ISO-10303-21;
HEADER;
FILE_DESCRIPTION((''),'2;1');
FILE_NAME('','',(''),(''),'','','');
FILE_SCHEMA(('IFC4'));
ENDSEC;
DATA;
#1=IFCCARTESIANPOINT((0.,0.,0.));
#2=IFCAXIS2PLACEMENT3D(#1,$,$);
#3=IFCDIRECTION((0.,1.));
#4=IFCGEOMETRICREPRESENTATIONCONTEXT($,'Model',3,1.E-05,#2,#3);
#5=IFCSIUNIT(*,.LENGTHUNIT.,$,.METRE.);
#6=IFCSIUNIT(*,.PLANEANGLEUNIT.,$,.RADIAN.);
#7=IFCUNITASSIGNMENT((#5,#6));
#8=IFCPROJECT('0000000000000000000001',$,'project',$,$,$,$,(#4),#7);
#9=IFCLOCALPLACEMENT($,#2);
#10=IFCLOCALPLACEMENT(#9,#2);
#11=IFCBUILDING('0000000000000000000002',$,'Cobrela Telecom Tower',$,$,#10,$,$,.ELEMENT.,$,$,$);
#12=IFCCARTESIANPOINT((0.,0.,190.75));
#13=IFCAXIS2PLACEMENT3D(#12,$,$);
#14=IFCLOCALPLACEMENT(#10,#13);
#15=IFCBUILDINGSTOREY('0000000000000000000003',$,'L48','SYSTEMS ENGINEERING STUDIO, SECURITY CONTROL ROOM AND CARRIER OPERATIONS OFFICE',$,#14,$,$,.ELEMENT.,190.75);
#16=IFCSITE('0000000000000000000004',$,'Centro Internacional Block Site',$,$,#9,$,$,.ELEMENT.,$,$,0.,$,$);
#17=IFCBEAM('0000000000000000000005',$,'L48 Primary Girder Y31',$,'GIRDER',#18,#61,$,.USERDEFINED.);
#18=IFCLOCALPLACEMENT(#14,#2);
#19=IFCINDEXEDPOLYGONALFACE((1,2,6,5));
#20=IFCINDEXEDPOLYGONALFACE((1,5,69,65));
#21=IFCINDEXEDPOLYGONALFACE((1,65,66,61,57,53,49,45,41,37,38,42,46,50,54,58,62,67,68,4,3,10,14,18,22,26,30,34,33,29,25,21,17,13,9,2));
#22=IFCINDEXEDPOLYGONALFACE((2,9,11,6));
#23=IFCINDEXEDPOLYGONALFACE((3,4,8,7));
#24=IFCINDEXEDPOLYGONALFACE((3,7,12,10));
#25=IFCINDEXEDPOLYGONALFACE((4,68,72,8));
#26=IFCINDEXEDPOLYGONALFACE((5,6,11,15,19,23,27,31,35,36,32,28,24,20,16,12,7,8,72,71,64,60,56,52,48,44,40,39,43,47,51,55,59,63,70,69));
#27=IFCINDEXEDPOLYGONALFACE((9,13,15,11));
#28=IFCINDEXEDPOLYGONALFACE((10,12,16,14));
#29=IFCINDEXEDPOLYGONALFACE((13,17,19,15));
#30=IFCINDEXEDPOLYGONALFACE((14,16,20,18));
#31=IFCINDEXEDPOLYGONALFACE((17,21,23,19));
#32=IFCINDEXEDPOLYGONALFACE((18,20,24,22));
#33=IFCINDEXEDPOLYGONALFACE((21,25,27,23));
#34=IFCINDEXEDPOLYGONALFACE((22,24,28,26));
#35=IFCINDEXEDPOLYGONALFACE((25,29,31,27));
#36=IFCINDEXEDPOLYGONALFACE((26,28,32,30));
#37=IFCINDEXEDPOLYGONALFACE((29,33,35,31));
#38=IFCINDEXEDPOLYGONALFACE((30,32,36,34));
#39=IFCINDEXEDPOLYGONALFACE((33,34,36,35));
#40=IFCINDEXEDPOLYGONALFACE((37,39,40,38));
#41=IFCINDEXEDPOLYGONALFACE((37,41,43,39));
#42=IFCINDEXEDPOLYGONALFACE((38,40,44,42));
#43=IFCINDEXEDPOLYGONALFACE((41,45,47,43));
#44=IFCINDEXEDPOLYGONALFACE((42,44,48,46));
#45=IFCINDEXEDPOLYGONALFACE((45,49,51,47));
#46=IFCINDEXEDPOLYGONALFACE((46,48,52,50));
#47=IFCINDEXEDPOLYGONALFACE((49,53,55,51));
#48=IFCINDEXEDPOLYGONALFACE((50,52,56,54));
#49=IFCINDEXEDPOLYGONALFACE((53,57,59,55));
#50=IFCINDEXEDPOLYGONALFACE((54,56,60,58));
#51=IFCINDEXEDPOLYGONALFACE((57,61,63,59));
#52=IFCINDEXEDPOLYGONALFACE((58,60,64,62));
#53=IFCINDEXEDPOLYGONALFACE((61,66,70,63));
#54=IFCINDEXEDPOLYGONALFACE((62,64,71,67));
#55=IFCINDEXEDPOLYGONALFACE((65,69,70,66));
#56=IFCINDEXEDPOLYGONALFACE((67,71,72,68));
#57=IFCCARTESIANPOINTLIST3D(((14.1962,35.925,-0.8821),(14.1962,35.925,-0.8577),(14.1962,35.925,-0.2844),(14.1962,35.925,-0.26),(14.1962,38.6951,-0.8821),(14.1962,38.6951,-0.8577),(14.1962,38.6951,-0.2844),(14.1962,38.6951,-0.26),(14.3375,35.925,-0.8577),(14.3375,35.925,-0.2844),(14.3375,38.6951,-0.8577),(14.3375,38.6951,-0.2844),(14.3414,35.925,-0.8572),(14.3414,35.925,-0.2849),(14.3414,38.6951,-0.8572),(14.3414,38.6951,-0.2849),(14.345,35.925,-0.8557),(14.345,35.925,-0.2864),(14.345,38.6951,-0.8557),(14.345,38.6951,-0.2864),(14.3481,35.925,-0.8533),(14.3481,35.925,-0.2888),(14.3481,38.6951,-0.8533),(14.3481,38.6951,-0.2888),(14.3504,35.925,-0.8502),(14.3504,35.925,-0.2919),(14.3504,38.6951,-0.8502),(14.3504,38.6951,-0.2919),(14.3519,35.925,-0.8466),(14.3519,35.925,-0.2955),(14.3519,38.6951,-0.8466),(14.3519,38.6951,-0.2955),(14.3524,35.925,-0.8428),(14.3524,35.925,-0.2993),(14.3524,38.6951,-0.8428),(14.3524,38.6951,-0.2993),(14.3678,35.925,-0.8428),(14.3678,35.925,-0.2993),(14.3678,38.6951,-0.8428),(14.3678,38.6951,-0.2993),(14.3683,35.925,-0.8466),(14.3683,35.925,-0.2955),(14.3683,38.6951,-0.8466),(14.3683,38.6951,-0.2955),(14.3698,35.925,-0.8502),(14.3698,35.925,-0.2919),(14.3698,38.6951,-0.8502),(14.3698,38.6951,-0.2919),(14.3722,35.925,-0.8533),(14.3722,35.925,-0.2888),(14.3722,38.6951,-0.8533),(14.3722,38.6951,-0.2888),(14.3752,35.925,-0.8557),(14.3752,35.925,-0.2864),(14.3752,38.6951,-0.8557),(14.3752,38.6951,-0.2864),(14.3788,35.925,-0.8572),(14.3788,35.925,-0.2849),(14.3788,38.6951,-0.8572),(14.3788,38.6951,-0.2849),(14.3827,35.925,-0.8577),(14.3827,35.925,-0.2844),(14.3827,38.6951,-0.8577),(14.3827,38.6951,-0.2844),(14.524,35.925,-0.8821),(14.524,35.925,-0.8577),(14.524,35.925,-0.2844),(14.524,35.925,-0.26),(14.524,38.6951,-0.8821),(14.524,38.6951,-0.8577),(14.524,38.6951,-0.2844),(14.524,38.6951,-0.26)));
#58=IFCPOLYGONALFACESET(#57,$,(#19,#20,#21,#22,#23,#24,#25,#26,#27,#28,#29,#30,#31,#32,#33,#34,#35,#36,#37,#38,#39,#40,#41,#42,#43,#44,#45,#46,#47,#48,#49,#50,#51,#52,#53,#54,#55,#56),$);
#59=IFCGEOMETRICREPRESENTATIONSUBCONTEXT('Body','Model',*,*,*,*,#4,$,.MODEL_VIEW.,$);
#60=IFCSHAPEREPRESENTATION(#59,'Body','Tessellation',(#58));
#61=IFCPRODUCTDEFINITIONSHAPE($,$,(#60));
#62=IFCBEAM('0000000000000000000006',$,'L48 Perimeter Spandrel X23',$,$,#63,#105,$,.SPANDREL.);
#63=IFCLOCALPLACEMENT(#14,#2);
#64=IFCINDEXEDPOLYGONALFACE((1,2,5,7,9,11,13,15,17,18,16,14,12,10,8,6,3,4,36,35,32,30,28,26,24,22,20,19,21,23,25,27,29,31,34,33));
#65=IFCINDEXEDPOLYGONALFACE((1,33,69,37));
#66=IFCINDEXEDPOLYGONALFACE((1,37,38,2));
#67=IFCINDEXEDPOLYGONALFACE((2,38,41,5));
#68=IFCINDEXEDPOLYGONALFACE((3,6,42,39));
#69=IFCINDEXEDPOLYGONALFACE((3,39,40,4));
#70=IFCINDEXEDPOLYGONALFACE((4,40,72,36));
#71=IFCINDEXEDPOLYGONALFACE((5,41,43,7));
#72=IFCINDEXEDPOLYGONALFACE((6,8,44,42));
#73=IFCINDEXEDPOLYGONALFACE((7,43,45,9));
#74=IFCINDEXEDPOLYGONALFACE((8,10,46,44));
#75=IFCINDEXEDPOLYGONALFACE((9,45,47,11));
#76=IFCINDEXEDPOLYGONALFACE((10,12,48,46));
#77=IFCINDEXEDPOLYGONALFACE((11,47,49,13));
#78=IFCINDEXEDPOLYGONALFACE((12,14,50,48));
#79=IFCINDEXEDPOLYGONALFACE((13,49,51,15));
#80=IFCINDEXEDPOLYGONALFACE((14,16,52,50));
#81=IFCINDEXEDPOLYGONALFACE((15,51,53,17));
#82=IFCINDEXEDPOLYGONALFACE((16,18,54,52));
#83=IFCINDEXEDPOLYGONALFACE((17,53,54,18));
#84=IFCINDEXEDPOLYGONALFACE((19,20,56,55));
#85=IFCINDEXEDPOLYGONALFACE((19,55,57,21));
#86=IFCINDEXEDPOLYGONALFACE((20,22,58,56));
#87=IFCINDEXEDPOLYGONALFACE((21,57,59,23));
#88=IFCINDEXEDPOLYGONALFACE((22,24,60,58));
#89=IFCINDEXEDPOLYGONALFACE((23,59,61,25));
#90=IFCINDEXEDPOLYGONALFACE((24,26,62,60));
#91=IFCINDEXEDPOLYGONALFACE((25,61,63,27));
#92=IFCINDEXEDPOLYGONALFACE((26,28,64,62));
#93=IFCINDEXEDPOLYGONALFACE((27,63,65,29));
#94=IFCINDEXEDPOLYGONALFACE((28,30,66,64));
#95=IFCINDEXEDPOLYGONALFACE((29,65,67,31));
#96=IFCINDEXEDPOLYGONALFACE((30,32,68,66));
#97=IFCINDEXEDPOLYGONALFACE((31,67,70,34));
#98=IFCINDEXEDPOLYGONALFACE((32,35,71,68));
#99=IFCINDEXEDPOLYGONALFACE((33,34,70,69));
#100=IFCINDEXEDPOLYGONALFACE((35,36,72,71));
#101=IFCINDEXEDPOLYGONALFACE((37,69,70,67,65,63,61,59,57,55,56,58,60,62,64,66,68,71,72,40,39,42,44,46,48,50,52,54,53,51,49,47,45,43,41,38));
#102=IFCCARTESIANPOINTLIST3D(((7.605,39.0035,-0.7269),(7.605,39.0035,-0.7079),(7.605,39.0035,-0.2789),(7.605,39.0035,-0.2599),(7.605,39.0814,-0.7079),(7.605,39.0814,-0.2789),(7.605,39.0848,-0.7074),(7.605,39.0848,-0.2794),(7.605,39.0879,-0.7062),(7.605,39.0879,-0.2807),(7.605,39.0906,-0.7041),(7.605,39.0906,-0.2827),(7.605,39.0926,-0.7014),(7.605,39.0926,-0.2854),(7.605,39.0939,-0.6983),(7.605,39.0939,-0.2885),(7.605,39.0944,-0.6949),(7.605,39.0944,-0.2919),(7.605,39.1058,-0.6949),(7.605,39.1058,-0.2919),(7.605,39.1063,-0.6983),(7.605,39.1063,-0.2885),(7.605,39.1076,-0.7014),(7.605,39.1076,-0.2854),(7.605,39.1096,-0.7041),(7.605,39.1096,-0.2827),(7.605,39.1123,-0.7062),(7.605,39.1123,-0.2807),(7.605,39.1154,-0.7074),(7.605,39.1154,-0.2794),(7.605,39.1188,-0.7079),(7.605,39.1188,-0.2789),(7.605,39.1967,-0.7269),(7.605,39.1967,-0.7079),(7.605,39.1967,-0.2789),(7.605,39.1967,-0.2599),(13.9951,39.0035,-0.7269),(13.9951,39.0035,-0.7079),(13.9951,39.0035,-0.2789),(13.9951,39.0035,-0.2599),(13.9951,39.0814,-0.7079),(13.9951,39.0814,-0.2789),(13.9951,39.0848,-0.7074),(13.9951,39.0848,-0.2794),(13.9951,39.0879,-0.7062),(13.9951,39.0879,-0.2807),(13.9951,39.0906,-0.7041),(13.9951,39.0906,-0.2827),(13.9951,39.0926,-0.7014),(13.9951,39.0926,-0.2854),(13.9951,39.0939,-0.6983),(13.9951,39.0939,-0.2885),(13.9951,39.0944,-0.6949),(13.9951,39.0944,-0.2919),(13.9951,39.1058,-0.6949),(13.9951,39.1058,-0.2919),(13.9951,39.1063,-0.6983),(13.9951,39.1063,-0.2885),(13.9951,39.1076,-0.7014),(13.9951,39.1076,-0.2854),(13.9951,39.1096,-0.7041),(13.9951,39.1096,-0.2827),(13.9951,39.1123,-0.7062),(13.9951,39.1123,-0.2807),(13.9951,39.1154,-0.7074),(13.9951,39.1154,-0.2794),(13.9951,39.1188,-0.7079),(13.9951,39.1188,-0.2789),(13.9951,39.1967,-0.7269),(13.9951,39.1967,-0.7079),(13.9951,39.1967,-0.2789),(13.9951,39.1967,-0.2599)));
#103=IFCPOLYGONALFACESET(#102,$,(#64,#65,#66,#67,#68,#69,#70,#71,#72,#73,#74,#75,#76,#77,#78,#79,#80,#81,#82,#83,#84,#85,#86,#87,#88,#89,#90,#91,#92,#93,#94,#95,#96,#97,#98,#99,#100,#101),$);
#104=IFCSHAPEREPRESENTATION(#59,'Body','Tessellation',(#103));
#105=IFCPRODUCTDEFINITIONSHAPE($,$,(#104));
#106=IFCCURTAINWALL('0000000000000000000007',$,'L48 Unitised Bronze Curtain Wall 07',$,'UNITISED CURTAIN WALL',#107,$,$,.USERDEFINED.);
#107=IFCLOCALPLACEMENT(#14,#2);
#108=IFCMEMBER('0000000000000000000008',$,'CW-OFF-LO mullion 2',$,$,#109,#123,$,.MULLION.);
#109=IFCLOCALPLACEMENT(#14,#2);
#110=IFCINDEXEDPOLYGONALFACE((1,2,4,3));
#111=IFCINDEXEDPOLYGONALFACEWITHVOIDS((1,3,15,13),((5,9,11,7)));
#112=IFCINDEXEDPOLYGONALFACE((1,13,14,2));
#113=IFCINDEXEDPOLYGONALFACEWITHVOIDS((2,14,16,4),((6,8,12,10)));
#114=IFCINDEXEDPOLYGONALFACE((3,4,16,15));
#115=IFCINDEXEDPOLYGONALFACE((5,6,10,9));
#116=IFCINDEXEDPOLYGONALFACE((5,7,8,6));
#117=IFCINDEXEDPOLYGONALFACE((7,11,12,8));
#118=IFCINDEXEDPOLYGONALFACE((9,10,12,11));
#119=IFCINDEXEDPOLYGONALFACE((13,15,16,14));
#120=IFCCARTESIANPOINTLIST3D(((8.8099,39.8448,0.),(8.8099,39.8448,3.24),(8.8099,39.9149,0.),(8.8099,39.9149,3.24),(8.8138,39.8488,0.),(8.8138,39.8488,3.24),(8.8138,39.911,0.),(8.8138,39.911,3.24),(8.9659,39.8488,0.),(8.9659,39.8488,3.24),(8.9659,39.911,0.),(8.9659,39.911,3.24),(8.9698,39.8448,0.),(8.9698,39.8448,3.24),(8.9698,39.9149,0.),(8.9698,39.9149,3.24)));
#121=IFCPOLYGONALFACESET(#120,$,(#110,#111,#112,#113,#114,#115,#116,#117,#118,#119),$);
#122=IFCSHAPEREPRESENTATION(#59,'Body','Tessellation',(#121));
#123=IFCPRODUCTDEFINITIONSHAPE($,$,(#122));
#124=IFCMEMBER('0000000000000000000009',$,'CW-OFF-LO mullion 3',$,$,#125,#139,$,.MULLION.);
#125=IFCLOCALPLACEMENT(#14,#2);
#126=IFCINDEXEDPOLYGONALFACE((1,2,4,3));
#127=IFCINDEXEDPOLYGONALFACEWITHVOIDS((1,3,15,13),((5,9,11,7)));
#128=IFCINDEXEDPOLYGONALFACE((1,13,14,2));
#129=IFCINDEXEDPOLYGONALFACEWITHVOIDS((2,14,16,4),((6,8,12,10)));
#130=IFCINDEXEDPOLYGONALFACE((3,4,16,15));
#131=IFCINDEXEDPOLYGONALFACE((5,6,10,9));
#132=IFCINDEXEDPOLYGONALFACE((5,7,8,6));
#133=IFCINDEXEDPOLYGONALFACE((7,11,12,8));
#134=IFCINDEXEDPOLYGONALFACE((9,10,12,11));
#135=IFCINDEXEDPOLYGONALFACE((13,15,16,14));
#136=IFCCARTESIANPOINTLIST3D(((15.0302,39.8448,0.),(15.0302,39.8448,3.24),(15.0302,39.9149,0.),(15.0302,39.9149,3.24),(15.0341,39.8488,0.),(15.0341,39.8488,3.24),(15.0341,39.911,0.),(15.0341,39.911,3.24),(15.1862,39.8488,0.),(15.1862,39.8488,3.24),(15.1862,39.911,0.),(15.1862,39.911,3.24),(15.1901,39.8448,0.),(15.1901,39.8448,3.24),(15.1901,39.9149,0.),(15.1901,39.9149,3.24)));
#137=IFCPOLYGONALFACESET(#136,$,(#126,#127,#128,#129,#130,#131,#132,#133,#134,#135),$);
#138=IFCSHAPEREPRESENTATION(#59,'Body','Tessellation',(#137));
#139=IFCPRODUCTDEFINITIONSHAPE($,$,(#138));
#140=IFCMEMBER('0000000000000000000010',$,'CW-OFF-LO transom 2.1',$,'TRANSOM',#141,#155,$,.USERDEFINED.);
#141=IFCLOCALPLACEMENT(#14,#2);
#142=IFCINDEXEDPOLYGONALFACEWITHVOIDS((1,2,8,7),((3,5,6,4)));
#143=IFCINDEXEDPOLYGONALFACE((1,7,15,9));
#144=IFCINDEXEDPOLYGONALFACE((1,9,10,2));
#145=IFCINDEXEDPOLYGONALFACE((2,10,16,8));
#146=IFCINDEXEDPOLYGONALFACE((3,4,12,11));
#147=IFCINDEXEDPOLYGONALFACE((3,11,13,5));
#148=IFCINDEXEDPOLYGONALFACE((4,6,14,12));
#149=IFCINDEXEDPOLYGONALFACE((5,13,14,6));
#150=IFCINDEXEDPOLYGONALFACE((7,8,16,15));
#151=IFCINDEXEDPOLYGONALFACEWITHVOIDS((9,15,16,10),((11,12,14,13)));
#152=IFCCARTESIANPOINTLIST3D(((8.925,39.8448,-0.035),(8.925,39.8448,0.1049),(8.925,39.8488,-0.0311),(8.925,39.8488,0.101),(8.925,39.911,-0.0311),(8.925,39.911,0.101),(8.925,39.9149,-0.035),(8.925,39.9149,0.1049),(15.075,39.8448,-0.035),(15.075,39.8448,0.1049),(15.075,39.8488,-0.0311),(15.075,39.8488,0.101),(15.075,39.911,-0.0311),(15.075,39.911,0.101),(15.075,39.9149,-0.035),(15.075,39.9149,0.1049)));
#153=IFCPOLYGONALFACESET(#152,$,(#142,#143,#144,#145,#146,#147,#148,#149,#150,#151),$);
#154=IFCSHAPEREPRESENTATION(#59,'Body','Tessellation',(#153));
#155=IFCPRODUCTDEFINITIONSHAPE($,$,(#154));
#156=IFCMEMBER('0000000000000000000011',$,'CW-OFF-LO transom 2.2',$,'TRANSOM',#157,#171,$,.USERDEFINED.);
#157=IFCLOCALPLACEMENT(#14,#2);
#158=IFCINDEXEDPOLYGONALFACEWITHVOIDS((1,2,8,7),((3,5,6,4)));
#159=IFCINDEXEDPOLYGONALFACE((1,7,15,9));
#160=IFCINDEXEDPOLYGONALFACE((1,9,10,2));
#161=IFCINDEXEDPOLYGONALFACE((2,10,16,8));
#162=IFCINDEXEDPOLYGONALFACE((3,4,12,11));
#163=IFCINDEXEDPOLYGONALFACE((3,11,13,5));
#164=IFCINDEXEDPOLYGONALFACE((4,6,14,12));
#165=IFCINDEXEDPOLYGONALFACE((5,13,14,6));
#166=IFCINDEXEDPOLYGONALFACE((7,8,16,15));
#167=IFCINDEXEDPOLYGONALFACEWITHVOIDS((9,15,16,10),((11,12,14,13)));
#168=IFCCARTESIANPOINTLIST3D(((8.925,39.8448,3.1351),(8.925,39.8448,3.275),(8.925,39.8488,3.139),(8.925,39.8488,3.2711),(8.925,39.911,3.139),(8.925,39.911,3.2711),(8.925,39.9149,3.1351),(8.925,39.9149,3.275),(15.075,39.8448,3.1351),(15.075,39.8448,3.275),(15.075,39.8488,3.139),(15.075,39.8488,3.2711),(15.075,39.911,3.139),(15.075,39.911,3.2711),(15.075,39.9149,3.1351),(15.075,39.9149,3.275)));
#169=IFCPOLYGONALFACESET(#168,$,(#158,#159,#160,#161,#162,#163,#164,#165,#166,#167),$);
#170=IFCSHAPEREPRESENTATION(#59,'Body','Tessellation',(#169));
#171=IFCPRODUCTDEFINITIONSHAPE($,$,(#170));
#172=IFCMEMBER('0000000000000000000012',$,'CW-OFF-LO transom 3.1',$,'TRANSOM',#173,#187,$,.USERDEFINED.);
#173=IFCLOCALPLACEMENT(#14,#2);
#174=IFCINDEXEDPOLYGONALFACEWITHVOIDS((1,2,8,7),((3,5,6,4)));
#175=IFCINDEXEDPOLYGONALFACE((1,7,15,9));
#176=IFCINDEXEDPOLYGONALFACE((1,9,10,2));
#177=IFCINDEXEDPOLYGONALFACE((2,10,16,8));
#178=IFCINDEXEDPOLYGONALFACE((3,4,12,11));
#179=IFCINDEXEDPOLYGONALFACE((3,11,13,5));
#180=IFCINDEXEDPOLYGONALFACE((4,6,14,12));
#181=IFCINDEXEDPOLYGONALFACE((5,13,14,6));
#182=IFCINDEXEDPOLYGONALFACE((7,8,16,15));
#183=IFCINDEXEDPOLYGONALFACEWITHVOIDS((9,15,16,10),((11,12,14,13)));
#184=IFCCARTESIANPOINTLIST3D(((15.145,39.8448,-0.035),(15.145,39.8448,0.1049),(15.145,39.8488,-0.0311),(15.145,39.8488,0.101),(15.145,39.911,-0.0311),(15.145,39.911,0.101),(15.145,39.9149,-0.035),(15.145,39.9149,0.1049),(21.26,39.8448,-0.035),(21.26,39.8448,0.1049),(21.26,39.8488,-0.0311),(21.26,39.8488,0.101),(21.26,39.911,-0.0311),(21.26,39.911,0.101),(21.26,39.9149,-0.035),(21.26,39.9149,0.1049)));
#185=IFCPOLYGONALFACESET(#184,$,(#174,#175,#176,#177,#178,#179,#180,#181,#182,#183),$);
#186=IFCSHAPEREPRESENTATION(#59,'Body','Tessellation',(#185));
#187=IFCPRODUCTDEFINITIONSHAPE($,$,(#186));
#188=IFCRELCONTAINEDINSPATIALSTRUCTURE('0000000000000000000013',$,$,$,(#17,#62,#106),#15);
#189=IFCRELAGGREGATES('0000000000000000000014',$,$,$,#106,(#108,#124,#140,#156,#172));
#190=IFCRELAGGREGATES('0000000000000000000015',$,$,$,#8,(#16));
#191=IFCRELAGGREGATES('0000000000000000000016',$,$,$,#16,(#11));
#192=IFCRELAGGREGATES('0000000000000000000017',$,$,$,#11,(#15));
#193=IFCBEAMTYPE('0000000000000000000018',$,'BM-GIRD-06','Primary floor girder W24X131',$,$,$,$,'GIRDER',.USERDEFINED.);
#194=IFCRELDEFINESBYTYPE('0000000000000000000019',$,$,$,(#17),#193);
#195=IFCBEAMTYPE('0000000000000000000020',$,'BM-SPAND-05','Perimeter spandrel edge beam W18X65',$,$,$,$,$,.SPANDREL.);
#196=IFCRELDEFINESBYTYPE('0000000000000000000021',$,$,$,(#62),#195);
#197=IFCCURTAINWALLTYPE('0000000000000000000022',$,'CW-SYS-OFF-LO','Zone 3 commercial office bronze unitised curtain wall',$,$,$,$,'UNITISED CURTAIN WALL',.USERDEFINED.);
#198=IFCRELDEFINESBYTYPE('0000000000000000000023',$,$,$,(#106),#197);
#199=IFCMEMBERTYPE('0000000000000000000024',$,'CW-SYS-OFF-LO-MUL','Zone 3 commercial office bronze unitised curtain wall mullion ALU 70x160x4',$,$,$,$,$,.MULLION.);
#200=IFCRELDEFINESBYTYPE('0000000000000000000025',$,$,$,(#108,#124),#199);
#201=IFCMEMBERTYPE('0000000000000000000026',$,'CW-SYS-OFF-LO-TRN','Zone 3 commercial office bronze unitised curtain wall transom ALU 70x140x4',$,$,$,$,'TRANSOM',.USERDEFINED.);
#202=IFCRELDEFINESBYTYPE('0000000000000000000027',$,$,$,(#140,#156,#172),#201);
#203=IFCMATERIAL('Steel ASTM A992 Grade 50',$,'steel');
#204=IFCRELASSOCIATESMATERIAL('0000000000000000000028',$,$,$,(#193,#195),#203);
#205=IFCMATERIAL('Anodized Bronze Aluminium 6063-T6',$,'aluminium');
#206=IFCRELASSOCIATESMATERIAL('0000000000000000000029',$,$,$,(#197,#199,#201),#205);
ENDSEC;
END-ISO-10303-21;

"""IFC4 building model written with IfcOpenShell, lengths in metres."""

from ifc_helpers import new_model, si_unit, direction, frame, origin, origin_2d, place, context, subcontext, project, spatial, hollow_rectangle, i_section, extrude, material, material_profile, profile_set, type_object, element, aggregate, save


model = new_model("IFC4")

# Units and contexts
model_context = context("Model", 3, precision=1e-05, world=origin(), true_north=direction((0.0, 1.0)))
body_context = subcontext(model_context, "Body", "Model", "MODEL_VIEW")
ifc_project = project(units=[si_unit("LENGTHUNIT", "METRE"), si_unit("PLANEANGLEUNIT", "RADIAN")], contexts=[model_context])

# Site, building, storey
site_placement = place(None, origin())
site = spatial("IfcSite", under=ifc_project, at=site_placement, Name="Centro Internacional Block Site", CompositionType="ELEMENT", RefElevation=0.0)
building_placement = place(site_placement, origin())
building = spatial("IfcBuilding", under=site, at=building_placement, Name="Cobrela Telecom Tower", CompositionType="ELEMENT")
storey_placement = place(building_placement, frame((0.0, 0.0, 190.75)))
storey = spatial("IfcBuildingStorey", under=building, at=storey_placement, Name="L48", Description="SYSTEMS ENGINEERING STUDIO, SECURITY CONTROL ROOM AND CARRIER OPERATIONS OFFICE", CompositionType="ELEMENT", Elevation=190.75)

# Beams
ifc_material_1 = material(Name="Steel ASTM A992 Grade 50", Category="steel")
ifc_material_profile_1 = material_profile(ifc_material_1, i_section(OverallWidth=0.3279, OverallDepth=0.6221, WebThickness=0.0154, FlangeThickness=0.0244, FilletRadius=0.0149, at=origin_2d()), Name="W24X131")
ifc_profile_set_1 = profile_set([ifc_material_profile_1], Name="Steel ASTM A992 Grade 50")
beam_type_1 = type_object("IfcBeamType", Name="BM-GIRD-06", Description="Primary floor girder W24X131", ElementType="GIRDER", PredefinedType="USERDEFINED", material=ifc_profile_set_1)
for number, where, z_axis, x_axis, name in (
    (1, (14.3601, 35.925, -0.571), (0.0, 1.0, 0.0), (-1.0, 0.0, 0.0), "L48 Primary Girder Y31"),
):
    element("IfcBeam", number, at=place(storey_placement, frame(where, z_axis=z_axis, x_axis=x_axis)), inside=storey, type_object=beam_type_1, Name=name, ObjectType="GIRDER", PredefinedType="USERDEFINED", context=body_context, shape_type="SweptSolid", body=[
        extrude(i_section(OverallWidth=0.3279, OverallDepth=0.6221, WebThickness=0.0154, FlangeThickness=0.0244, FilletRadius=0.0149, at=origin_2d()), origin(), (0.0, 0.0, 1.0), 2.77),
    ])
ifc_material_profile_2 = material_profile(ifc_material_1, i_section(OverallWidth=0.1931, OverallDepth=0.467, WebThickness=0.0115, FlangeThickness=0.019, FilletRadius=0.0129, at=origin_2d()), Name="W18X65")
ifc_profile_set_2 = profile_set([ifc_material_profile_2], Name="Steel ASTM A992 Grade 50")
beam_type_2 = type_object("IfcBeamType", Name="BM-SPAND-05", Description="Perimeter spandrel edge beam W18X65", PredefinedType="SPANDREL", material=ifc_profile_set_2)
beam_1_placement = place(storey_placement, frame((7.605, 39.1001, -0.4934), z_axis=(1.0, 0.0, 0.0), x_axis=(0.0, 1.0, 0.0)))
element("IfcBeam", 2, at=beam_1_placement, inside=storey, type_object=beam_type_2, Name="L48 Perimeter Spandrel X23", PredefinedType="SPANDREL", context=body_context, shape_type="SweptSolid", body=[
    extrude(i_section(OverallWidth=0.1931, OverallDepth=0.467, WebThickness=0.0115, FlangeThickness=0.019, FilletRadius=0.0129, at=origin_2d()), origin(), (0.0, 0.0, 1.0), 6.3901),
])

# Curtain wall, members
ifc_material_2 = material(Name="Anodized Bronze Aluminium 6063-T6", Category="aluminium")
curtain_wall_type = type_object("IfcCurtainWallType", Name="CW-SYS-OFF-LO", Description="Zone 3 commercial office bronze unitised curtain wall", ElementType="UNITISED CURTAIN WALL", PredefinedType="USERDEFINED", material=ifc_material_2)
curtain_wall_placement = place(storey_placement, origin())
curtain_wall = element("IfcCurtainWall", 3, at=curtain_wall_placement, inside=storey, type_object=curtain_wall_type, Name="L48 Unitised Bronze Curtain Wall 07", ObjectType="UNITISED CURTAIN WALL", PredefinedType="USERDEFINED")
ifc_material_profile_3 = material_profile(ifc_material_2, hollow_rectangle(XDim=0.0701, YDim=0.1599, WallThickness=0.0039, at=origin_2d()), Name="ALU 70x160x4")
ifc_profile_set_3 = profile_set([ifc_material_profile_3], Name="Anodized Bronze Aluminium 6063-T6")
member_type_1 = type_object("IfcMemberType", Name="CW-SYS-OFF-LO-MUL", Description="Zone 3 commercial office bronze unitised curtain wall mullion ALU 70x160x4", PredefinedType="MULLION", material=ifc_profile_set_3)
member_1_placement = place(storey_placement, frame((8.8899, 39.8799, 0.0), z_axis=(0.0, 0.0, 1.0), x_axis=(0.0, 1.0, 0.0)))
member_1 = element("IfcMember", 4, at=member_1_placement, type_object=member_type_1, Name="CW-OFF-LO mullion 2", PredefinedType="MULLION", context=body_context, shape_type="SweptSolid", body=[
    extrude(hollow_rectangle(XDim=0.0701, YDim=0.1599, WallThickness=0.0039, at=origin_2d()), origin(), (0.0, 0.0, 1.0), 3.24),
])
member_2_placement = place(storey_placement, frame((15.1101, 39.8799, 0.0), z_axis=(0.0, 0.0, 1.0), x_axis=(0.0, 1.0, 0.0)))
member_2 = element("IfcMember", 5, at=member_2_placement, type_object=member_type_1, Name="CW-OFF-LO mullion 3", PredefinedType="MULLION", context=body_context, shape_type="SweptSolid", body=[
    extrude(hollow_rectangle(XDim=0.0701, YDim=0.1599, WallThickness=0.0039, at=origin_2d()), origin(), (0.0, 0.0, 1.0), 3.24),
])
ifc_material_profile_4 = material_profile(ifc_material_2, hollow_rectangle(XDim=0.0701, YDim=0.1399, WallThickness=0.0039, at=origin_2d()), Name="ALU 70x140x4")
ifc_profile_set_4 = profile_set([ifc_material_profile_4], Name="Anodized Bronze Aluminium 6063-T6")
member_type_2 = type_object("IfcMemberType", Name="CW-SYS-OFF-LO-TRN", Description="Zone 3 commercial office bronze unitised curtain wall transom ALU 70x140x4", ElementType="TRANSOM", PredefinedType="USERDEFINED", material=ifc_profile_set_4)
member_3_placement = place(storey_placement, frame((8.925, 39.8799, 0.0349), z_axis=(1.0, 0.0, 0.0), x_axis=(0.0, 1.0, 0.0)))
member_3 = element("IfcMember", 6, at=member_3_placement, type_object=member_type_2, Name="CW-OFF-LO transom 2.1", ObjectType="TRANSOM", PredefinedType="USERDEFINED", context=body_context, shape_type="SweptSolid", body=[
    extrude(hollow_rectangle(XDim=0.0701, YDim=0.1399, WallThickness=0.0039, at=origin_2d()), origin(), (0.0, 0.0, 1.0), 6.1499),
])
member_4_placement = place(storey_placement, frame((8.925, 39.8799, 3.2051), z_axis=(1.0, 0.0, 0.0), x_axis=(0.0, 1.0, 0.0)))
member_4 = element("IfcMember", 7, at=member_4_placement, type_object=member_type_2, Name="CW-OFF-LO transom 2.2", ObjectType="TRANSOM", PredefinedType="USERDEFINED", context=body_context, shape_type="SweptSolid", body=[
    extrude(hollow_rectangle(XDim=0.0701, YDim=0.1399, WallThickness=0.0039, at=origin_2d()), origin(), (0.0, 0.0, 1.0), 6.1499),
])
member_5_placement = place(storey_placement, frame((15.145, 39.8799, 0.0349), z_axis=(1.0, 0.0, 0.0), x_axis=(0.0, 1.0, 0.0)))
member_5 = element("IfcMember", 8, at=member_5_placement, type_object=member_type_2, Name="CW-OFF-LO transom 3.1", ObjectType="TRANSOM", PredefinedType="USERDEFINED", context=body_context, shape_type="SweptSolid", body=[
    extrude(hollow_rectangle(XDim=0.0701, YDim=0.1399, WallThickness=0.0039, at=origin_2d()), origin(), (0.0, 0.0, 1.0), 6.115),
])

aggregate(curtain_wall, [member_1, member_2, member_3, member_4, member_5])

save(model, "model.ifc")
